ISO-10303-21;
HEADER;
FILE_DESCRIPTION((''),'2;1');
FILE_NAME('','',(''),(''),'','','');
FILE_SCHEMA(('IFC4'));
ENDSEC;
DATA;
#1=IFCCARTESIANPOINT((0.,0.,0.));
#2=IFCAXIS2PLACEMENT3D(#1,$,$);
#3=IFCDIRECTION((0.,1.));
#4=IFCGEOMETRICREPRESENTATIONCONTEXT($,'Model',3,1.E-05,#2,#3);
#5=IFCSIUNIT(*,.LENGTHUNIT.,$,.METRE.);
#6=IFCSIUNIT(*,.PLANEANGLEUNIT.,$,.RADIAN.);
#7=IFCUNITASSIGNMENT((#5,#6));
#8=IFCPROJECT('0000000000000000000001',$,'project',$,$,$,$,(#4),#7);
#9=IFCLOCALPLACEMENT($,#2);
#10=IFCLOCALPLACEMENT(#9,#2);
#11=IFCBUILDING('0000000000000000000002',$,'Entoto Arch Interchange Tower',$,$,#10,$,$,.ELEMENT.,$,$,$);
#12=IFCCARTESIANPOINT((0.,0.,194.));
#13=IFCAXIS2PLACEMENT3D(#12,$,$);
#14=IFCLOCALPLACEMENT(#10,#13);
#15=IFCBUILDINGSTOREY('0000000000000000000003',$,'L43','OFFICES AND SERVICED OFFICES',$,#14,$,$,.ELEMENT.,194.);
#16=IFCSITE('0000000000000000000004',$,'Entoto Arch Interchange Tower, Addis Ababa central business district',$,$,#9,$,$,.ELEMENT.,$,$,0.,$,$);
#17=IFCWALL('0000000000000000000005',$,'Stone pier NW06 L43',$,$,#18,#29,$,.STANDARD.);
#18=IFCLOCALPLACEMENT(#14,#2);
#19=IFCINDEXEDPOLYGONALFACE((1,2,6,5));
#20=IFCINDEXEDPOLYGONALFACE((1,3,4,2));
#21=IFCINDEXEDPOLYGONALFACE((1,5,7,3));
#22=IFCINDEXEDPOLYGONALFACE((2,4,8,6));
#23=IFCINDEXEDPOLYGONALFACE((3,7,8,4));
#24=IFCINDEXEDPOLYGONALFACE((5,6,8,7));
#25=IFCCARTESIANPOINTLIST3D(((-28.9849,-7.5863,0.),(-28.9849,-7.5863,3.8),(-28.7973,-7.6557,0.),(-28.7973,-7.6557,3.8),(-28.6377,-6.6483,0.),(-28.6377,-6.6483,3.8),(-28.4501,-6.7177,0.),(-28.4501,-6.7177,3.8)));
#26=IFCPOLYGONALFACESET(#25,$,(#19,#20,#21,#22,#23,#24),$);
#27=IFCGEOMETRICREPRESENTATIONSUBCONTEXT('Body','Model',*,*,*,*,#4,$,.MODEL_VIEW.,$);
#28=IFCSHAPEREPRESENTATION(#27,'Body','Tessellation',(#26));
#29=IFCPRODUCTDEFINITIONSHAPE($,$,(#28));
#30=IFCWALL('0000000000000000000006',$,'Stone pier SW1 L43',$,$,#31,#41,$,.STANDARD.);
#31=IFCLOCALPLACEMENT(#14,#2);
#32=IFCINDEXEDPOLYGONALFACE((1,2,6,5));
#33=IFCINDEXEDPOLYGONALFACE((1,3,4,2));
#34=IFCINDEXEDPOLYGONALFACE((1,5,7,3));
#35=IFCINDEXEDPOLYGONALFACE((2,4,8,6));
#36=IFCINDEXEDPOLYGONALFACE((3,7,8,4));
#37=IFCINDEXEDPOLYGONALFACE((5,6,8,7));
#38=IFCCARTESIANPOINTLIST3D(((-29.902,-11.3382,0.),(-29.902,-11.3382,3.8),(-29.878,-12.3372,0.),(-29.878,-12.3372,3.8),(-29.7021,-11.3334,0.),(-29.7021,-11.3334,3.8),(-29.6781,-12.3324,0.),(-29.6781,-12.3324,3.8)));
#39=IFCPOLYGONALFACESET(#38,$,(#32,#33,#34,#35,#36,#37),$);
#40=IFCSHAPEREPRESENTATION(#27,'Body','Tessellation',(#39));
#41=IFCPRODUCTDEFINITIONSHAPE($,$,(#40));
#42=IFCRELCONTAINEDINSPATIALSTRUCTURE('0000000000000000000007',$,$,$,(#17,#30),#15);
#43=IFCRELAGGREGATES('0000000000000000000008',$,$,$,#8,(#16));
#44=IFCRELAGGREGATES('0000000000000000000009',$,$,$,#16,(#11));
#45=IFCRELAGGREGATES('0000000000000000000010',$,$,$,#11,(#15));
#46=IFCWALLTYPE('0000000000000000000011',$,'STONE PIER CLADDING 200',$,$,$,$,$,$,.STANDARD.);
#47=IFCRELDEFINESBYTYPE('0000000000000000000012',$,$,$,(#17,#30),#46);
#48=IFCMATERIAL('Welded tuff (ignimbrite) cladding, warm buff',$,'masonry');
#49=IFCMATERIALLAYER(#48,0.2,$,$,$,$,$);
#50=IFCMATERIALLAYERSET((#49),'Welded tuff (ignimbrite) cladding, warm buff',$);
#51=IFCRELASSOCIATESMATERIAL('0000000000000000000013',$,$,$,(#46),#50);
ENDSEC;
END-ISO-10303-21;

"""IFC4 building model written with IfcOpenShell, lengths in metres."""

from ifc_helpers import new_model, si_unit, direction, frame, frame_2d, origin, place, context, subcontext, project, spatial, rectangle, extrude, material, layer, layer_set, type_object, element, save


model = new_model("IFC4")

# Units and contexts
model_context = context("Model", 3, precision=1e-05, world=origin(), true_north=direction((0.0, 1.0)))
body_context = subcontext(model_context, "Body", "Model", "MODEL_VIEW")
ifc_project = project(units=[si_unit("LENGTHUNIT", "METRE"), si_unit("PLANEANGLEUNIT", "RADIAN")], contexts=[model_context])

# Site, building, storey
site_placement = place(None, origin())
site = spatial("IfcSite", under=ifc_project, at=site_placement, Name="Entoto Arch Interchange Tower, Addis Ababa central business district", CompositionType="ELEMENT", RefElevation=0.0)
building_placement = place(site_placement, origin())
building = spatial("IfcBuilding", under=site, at=building_placement, Name="Entoto Arch Interchange Tower", CompositionType="ELEMENT")
storey_placement = place(building_placement, frame((0.0, 0.0, 194.0)))
storey = spatial("IfcBuildingStorey", under=building, at=storey_placement, Name="L43", Description="OFFICES AND SERVICED OFFICES", CompositionType="ELEMENT", Elevation=194.0)

# Shared definitions
ifc_material_1 = material(Name="Welded tuff (ignimbrite) cladding, warm buff", Category="masonry")

# Walls
ifc_layer_1 = layer(ifc_material_1, 0.2)
ifc_layer_set_1 = layer_set([ifc_layer_1], Name="Welded tuff (ignimbrite) cladding, warm buff")
wall_type_1 = type_object("IfcWallType", Name="STONE PIER CLADDING 200", PredefinedType="STANDARD", material=ifc_layer_set_1)
wall_1_placement = place(storey_placement, frame((-28.5439, -6.6831, 0.0), z_axis=(0.0, 0.0, 1.0), x_axis=(-0.347108, -0.937825, 0.0)))
element("IfcWall", 1, at=wall_1_placement, inside=storey, type_object=wall_type_1, Name="Stone pier NW06 L43", PredefinedType="STANDARD", context=body_context, shape_type="SweptSolid", body=[
    extrude(rectangle(XDim=1.0002, YDim=0.2, at=frame_2d((0.5, 0.0))), origin(), (0.0, 0.0, 1.0), 3.8),
])
wall_2_placement = place(storey_placement, frame((-29.802, -11.3359, 0.0), z_axis=(0.0, 0.0, 1.0), x_axis=(0.023942, -0.999713, 0.0)))
element("IfcWall", 2, at=wall_2_placement, inside=storey, type_object=wall_type_1, Name="Stone pier SW1 L43", PredefinedType="STANDARD", context=body_context, shape_type="SweptSolid", body=[
    extrude(rectangle(XDim=0.9993, YDim=0.2, at=frame_2d((0.4995, 0.0))), origin(), (0.0, 0.0, 1.0), 3.8),
])

save(model, "model.ifc")
